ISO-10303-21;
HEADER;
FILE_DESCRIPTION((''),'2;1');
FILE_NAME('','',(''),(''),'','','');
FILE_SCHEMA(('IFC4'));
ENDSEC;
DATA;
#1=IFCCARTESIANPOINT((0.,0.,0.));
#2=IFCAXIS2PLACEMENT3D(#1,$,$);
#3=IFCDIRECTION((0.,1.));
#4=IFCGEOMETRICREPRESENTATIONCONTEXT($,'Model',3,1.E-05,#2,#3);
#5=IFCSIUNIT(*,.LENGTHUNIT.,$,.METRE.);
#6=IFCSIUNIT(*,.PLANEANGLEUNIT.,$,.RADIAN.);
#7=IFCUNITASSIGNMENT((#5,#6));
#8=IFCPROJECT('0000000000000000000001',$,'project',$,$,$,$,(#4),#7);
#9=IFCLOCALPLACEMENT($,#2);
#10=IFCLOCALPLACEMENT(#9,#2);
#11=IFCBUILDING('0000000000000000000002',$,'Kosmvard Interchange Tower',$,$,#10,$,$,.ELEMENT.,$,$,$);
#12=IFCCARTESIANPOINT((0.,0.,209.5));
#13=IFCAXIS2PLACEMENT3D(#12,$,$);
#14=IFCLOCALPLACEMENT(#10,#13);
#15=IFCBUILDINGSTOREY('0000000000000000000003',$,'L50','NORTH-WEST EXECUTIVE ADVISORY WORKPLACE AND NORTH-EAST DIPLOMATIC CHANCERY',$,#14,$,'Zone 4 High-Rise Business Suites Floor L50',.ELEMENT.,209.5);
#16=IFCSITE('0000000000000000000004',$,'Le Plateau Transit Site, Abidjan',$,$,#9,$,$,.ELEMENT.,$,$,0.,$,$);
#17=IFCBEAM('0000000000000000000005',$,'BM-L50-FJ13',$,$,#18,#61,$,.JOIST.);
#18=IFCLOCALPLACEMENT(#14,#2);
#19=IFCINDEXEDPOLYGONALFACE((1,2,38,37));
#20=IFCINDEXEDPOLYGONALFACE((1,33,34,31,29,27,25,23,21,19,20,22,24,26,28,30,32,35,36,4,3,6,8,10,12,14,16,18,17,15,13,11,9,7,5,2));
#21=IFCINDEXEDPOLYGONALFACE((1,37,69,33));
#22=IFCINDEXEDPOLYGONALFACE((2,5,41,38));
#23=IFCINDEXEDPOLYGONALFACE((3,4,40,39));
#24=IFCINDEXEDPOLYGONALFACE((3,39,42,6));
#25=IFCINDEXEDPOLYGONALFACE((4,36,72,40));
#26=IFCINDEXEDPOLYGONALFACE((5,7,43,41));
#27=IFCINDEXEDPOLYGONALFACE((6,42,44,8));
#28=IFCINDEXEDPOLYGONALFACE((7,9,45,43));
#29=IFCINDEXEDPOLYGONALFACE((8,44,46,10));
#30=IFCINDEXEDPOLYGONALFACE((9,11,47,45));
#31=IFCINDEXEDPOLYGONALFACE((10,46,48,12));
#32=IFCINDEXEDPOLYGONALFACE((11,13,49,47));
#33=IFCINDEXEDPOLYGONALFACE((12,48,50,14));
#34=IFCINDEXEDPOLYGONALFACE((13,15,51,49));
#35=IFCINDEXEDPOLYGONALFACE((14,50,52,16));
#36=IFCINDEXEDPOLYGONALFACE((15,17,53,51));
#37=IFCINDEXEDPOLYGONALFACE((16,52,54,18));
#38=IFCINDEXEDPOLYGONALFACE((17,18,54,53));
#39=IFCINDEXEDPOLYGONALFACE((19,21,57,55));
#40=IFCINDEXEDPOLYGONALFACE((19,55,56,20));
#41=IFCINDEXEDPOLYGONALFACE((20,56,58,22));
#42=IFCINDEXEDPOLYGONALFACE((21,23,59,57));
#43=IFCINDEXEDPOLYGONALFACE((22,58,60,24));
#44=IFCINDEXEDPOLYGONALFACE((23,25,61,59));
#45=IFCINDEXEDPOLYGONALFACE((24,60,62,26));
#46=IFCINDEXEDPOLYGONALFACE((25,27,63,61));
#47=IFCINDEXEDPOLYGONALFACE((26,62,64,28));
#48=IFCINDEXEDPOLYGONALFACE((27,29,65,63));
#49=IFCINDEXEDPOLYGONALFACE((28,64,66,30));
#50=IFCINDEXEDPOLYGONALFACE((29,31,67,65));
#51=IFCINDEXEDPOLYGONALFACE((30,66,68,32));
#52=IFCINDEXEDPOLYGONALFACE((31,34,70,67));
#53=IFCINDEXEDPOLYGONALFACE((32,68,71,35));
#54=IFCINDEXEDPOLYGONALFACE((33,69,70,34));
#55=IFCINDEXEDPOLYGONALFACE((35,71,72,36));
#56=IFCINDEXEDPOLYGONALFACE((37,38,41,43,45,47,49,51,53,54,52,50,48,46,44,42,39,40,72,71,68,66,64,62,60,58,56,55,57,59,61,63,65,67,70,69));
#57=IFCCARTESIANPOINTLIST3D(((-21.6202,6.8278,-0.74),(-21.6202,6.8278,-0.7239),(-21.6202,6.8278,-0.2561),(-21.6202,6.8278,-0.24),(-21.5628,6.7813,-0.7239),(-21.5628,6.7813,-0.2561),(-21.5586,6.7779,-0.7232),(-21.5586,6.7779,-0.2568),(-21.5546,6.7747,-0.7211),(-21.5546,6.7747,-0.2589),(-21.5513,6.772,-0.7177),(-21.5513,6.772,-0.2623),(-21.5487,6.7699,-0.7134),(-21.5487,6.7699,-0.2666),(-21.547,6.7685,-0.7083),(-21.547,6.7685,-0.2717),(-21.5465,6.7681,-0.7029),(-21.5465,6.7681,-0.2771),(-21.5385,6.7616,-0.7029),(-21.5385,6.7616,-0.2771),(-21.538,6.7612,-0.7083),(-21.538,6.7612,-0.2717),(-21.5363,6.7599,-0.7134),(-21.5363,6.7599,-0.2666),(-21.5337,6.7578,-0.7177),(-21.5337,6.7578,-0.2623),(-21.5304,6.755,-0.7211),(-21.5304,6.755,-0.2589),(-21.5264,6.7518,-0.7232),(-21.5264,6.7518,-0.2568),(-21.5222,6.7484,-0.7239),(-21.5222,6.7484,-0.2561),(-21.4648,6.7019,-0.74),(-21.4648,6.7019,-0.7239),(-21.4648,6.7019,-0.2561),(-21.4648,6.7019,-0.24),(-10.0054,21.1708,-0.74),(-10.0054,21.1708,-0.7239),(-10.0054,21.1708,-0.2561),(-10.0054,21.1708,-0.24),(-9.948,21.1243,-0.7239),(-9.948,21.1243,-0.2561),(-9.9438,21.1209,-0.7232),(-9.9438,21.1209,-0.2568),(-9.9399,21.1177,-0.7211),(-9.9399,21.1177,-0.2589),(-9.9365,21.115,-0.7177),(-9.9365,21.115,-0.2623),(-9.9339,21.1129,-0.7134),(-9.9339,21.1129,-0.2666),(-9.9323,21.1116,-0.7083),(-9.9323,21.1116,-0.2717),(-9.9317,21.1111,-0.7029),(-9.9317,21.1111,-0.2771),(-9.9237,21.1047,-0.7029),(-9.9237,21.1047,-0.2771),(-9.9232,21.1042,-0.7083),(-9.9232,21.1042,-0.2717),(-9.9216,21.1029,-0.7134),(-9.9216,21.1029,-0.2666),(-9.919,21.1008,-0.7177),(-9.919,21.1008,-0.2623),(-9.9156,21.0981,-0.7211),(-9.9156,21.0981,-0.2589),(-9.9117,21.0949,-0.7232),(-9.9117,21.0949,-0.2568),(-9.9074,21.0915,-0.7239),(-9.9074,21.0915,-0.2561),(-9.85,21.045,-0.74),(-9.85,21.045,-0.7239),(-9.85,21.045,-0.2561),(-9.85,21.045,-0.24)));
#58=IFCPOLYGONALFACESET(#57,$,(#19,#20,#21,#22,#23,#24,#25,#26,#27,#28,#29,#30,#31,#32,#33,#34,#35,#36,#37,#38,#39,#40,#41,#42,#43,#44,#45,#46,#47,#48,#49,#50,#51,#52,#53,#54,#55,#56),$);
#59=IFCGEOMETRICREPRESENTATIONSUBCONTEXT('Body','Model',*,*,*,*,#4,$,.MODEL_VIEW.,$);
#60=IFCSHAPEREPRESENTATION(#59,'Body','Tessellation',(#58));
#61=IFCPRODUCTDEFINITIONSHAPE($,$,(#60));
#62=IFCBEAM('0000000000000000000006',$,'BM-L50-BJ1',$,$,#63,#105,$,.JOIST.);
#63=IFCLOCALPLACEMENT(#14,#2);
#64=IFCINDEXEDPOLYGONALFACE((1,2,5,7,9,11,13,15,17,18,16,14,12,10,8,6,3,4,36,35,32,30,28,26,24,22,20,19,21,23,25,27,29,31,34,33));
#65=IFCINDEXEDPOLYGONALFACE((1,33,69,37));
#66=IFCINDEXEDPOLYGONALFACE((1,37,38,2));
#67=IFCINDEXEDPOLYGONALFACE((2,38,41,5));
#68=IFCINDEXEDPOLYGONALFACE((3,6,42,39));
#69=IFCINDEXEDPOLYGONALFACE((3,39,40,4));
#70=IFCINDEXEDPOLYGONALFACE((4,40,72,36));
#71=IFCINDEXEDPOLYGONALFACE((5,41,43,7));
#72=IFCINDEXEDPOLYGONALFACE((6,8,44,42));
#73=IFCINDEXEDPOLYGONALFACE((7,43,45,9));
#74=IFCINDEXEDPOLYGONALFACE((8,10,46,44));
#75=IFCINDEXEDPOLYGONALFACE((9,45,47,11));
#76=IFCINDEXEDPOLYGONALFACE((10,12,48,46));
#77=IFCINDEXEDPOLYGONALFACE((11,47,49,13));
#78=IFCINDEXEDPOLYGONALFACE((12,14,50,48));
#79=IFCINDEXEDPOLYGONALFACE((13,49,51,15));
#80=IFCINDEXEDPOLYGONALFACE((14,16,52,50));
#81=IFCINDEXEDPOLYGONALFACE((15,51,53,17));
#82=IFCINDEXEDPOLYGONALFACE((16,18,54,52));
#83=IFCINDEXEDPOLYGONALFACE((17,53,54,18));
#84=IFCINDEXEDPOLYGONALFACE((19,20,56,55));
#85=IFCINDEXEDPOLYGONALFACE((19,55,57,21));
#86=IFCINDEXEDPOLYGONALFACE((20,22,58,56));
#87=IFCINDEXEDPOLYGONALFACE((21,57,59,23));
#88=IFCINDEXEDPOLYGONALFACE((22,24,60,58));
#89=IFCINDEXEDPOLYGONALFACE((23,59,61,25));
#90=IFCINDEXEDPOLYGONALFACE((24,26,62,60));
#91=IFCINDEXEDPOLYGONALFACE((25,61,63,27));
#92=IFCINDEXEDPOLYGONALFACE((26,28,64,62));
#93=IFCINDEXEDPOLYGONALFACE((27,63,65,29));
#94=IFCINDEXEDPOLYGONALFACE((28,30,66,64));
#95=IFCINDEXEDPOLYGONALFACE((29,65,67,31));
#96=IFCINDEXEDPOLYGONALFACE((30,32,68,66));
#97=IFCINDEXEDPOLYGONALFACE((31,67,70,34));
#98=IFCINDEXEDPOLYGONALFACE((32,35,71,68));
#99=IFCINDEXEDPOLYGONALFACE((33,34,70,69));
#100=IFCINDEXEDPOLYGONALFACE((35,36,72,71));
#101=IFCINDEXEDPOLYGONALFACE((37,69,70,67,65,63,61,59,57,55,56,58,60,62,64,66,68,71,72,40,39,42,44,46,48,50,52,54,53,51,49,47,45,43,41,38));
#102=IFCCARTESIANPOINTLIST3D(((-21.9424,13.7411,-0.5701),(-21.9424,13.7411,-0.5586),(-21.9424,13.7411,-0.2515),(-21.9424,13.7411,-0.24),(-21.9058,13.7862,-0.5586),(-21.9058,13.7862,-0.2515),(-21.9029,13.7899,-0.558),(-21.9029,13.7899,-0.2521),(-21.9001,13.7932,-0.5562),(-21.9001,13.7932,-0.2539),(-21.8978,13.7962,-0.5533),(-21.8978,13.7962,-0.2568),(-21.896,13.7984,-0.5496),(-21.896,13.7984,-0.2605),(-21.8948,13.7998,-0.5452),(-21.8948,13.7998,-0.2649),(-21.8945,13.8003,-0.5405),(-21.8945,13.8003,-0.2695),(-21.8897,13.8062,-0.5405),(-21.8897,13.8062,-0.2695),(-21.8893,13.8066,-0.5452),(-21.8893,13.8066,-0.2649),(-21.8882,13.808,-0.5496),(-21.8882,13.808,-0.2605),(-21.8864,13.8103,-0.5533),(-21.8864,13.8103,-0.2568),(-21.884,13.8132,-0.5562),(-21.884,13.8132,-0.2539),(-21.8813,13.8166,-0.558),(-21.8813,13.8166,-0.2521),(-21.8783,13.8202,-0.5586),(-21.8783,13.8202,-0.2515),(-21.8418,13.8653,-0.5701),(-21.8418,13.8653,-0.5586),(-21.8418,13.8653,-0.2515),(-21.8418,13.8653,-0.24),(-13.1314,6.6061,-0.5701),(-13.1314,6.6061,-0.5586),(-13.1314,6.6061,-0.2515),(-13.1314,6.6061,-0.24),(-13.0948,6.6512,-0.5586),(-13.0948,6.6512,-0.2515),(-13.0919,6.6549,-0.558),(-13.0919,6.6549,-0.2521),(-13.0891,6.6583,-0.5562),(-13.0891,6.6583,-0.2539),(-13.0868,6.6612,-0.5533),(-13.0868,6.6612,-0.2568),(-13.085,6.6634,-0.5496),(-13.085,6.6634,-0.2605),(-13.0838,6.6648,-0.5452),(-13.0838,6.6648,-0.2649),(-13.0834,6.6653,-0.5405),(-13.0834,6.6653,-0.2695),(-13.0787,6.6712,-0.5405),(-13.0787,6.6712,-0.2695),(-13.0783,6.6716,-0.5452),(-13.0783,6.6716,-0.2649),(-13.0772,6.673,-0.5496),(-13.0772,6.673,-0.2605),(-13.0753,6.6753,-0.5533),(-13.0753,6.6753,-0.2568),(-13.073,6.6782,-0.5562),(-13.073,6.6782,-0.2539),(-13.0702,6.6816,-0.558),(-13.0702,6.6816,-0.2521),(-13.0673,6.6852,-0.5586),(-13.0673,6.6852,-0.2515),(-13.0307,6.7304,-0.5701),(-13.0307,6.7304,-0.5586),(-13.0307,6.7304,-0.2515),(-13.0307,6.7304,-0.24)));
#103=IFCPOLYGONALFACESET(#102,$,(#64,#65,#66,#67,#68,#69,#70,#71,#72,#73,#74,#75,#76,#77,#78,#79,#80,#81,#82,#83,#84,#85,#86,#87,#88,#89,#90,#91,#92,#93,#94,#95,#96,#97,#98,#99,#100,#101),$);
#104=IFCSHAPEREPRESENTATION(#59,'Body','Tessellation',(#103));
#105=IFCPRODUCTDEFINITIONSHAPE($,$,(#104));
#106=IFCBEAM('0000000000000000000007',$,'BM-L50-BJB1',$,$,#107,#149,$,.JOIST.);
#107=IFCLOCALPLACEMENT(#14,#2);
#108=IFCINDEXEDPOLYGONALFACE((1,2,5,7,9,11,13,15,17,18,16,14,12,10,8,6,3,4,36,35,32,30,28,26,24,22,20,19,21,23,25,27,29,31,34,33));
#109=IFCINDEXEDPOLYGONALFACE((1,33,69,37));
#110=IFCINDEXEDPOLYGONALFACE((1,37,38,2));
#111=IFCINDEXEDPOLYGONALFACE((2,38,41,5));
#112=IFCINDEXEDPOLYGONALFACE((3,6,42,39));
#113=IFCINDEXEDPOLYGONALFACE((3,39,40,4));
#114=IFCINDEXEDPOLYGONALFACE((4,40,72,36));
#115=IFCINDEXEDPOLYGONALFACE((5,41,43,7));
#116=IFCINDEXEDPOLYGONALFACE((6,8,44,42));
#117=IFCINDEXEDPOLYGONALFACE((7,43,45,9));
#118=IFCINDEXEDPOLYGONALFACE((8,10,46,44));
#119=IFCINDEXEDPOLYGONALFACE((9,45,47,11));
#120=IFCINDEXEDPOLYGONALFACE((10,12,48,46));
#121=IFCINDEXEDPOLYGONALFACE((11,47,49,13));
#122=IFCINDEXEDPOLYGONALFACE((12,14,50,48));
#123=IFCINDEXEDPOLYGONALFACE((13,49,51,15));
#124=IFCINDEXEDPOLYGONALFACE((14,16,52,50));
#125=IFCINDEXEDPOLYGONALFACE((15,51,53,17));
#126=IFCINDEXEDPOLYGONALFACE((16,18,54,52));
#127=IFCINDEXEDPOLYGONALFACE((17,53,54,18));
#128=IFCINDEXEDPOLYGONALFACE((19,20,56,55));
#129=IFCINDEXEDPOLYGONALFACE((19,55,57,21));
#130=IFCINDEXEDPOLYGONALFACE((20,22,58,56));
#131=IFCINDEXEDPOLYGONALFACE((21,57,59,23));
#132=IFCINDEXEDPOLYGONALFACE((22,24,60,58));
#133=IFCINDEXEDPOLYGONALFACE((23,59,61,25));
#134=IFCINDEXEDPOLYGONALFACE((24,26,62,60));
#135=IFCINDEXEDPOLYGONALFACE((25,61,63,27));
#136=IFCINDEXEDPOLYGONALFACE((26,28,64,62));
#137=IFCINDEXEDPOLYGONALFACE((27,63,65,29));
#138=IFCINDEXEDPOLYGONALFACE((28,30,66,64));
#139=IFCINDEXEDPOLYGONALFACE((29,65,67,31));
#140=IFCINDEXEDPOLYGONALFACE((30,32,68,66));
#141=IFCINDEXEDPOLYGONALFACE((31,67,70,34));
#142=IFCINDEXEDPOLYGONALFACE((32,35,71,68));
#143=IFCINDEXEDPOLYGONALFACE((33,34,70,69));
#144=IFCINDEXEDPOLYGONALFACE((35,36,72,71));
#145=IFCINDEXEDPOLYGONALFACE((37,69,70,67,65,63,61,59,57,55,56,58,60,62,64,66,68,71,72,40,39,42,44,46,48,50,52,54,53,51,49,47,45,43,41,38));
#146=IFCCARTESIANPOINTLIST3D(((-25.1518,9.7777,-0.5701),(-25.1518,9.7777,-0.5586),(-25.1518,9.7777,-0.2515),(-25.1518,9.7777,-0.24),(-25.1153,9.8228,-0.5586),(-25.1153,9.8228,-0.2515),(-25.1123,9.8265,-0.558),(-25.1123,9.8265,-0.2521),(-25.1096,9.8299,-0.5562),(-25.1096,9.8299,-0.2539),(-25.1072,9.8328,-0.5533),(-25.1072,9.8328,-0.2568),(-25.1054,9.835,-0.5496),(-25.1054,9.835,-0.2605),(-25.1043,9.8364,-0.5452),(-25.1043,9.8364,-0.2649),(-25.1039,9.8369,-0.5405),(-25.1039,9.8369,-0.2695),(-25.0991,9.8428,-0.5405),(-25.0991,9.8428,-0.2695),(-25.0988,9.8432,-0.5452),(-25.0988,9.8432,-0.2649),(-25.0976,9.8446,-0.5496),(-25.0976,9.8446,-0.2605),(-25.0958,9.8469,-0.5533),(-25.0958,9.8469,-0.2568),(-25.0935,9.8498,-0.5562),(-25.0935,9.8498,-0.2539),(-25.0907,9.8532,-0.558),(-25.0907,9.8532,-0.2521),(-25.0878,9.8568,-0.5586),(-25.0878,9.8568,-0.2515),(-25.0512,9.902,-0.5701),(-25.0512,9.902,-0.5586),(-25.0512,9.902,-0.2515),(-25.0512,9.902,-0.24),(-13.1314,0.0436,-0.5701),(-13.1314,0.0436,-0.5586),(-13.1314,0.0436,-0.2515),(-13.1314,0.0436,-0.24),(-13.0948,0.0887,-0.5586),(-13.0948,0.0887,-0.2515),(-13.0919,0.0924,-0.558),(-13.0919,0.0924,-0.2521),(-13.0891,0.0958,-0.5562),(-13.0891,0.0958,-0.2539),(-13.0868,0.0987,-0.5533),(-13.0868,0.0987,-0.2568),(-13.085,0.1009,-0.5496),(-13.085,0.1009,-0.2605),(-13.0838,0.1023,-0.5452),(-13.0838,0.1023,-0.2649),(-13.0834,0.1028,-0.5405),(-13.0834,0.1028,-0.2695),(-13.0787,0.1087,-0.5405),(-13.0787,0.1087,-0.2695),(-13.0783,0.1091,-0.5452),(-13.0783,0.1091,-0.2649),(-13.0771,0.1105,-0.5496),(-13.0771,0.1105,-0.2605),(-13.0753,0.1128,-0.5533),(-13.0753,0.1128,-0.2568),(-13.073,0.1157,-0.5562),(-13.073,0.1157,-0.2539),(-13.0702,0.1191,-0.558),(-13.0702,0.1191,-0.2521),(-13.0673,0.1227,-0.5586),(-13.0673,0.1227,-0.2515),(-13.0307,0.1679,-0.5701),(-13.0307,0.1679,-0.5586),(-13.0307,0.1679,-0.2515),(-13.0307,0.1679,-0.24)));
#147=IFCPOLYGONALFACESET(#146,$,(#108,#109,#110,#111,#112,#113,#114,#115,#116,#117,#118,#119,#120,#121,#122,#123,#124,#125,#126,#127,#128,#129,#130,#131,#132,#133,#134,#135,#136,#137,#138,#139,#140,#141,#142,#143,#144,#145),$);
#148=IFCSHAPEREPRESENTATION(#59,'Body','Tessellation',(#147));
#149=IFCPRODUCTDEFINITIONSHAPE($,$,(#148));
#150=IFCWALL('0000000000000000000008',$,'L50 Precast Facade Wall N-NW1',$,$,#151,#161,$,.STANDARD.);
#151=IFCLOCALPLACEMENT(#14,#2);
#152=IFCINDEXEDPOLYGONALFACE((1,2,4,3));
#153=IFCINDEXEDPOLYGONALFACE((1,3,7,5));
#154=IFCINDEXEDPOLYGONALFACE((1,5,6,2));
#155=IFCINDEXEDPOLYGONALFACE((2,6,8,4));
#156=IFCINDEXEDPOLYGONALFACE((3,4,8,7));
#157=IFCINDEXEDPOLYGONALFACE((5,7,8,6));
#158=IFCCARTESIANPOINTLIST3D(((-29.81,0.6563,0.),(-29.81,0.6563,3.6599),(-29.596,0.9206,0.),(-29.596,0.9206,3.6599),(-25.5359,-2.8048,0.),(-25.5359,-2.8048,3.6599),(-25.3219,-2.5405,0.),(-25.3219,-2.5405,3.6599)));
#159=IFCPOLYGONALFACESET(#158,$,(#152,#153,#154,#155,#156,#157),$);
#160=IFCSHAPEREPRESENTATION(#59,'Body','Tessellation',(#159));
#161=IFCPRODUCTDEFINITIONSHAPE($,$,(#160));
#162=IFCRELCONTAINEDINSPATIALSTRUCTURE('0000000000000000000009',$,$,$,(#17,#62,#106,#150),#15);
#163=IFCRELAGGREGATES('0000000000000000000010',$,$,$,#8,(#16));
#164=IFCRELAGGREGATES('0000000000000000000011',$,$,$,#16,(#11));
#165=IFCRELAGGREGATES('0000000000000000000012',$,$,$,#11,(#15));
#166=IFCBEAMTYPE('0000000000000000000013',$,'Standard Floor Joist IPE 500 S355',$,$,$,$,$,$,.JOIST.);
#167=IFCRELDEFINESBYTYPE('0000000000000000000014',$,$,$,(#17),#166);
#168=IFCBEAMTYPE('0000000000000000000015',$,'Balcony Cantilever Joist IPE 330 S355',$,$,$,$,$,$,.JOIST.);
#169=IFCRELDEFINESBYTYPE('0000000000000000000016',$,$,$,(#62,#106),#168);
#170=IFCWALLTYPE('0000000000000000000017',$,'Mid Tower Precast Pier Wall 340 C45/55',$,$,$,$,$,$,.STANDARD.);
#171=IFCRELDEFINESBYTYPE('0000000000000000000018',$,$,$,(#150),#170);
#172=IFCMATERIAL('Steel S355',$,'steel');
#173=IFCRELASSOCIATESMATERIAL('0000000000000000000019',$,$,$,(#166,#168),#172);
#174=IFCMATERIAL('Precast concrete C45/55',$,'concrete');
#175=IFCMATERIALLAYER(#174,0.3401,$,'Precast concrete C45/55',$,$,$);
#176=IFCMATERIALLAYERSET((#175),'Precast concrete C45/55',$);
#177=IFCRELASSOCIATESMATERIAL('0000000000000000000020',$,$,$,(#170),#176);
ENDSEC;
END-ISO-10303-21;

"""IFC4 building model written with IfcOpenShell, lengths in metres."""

from ifc_helpers import new_model, si_unit, direction, frame, frame_2d, origin, origin_2d, place, context, subcontext, project, spatial, rectangle, i_section, extrude, source, transform, mapped, material, layer, layer_set, material_profile, profile_set, type_object, element, save


model = new_model("IFC4")

# Units and contexts
model_context = context("Model", 3, precision=1e-05, world=origin(), true_north=direction((0.0, 1.0)))
body_context = subcontext(model_context, "Body", "Model", "MODEL_VIEW")
ifc_project = project(units=[si_unit("LENGTHUNIT", "METRE"), si_unit("PLANEANGLEUNIT", "RADIAN")], contexts=[model_context])

# Site, building, storey
site_placement = place(None, origin())
site = spatial("IfcSite", under=ifc_project, at=site_placement, Name="Le Plateau Transit Site, Abidjan", CompositionType="ELEMENT", RefElevation=0.0)
building_placement = place(site_placement, origin())
building = spatial("IfcBuilding", under=site, at=building_placement, Name="Kosmvard Interchange Tower", CompositionType="ELEMENT")
storey_placement = place(building_placement, frame((0.0, 0.0, 209.5)))
storey = spatial("IfcBuildingStorey", under=building, at=storey_placement, Name="L50", Description="NORTH-WEST EXECUTIVE ADVISORY WORKPLACE AND NORTH-EAST DIPLOMATIC CHANCERY", LongName="Zone 4 High-Rise Business Suites Floor L50", CompositionType="ELEMENT", Elevation=209.5)

# Beams
ifc_material_1 = material(Name="Steel S355", Category="steel")
ifc_material_2 = material(Name="Precast concrete C45/55", Category="concrete")
ifc_material_profile_1 = material_profile(ifc_material_1, i_section(OverallWidth=0.2, OverallDepth=0.5, WebThickness=0.0103, FlangeThickness=0.0161, FilletRadius=0.021, at=origin_2d()), Name="IPE 500")
ifc_profile_set_1 = profile_set([ifc_material_profile_1], Name="Steel S355")
beam_type_1 = type_object("IfcBeamType", Name="Standard Floor Joist IPE 500 S355", PredefinedType="JOIST", material=ifc_profile_set_1)
shared_shape_1 = source(origin(), body_context, "Body", "SweptSolid", [
    extrude(i_section(OverallWidth=0.2, OverallDepth=0.5, WebThickness=0.0103, FlangeThickness=0.0161, FilletRadius=0.021, at=origin_2d()), origin(), (0.0, 0.0, 1.0), 18.4561),
])
beam_1_placement = place(storey_placement, frame((-9.9277, 21.1079, -0.49), z_axis=(-0.62932, -0.777146, 0.0), x_axis=(0.777146, -0.62932, 0.0)))
element("IfcBeam", 1, at=beam_1_placement, inside=storey, type_object=beam_type_1, Name="BM-L50-FJ13", PredefinedType="JOIST", context=body_context, shape_type="MappedRepresentation", body=[
    mapped(shared_shape_1, transform((0.0, 0.0, 0.0), scale=1.0)),
])
ifc_material_profile_2 = material_profile(ifc_material_1, i_section(OverallWidth=0.1599, OverallDepth=0.3301, WebThickness=0.0076, FlangeThickness=0.0115, FilletRadius=0.0181, at=origin_2d()), Name="IPE 330")
ifc_profile_set_2 = profile_set([ifc_material_profile_2], Name="Steel S355")
beam_type_2 = type_object("IfcBeamType", Name="Balcony Cantilever Joist IPE 330 S355", PredefinedType="JOIST", material=ifc_profile_set_2)
shared_shape_2 = source(origin(), body_context, "Body", "SweptSolid", [
    extrude(i_section(OverallWidth=0.1599, OverallDepth=0.3301, WebThickness=0.0076, FlangeThickness=0.0115, FilletRadius=0.0181, at=origin_2d()), origin(), (0.0, 0.0, 1.0), 11.3376),
])
beam_2_placement = place(storey_placement, frame((-13.0811, 6.6682, -0.405), z_axis=(-0.777147, 0.629319, 0.0), x_axis=(-0.629319, -0.777147, 0.0)))
element("IfcBeam", 2, at=beam_2_placement, inside=storey, type_object=beam_type_2, Name="BM-L50-BJ1", PredefinedType="JOIST", context=body_context, shape_type="MappedRepresentation", body=[
    mapped(shared_shape_2, transform((0.0, 0.0, 0.0), scale=1.0)),
])
shared_shape_3 = source(origin(), body_context, "Body", "SweptSolid", [
    extrude(i_section(OverallWidth=0.1599, OverallDepth=0.3301, WebThickness=0.0076, FlangeThickness=0.0115, FilletRadius=0.0181, at=origin_2d()), origin(), (0.0, 0.0, 1.0), 15.4675),
])
beam_3_placement = place(storey_placement, frame((-13.0811, 0.1057, -0.405), z_axis=(-0.777142, 0.629325, 0.0), x_axis=(-0.629325, -0.777142, 0.0)))
element("IfcBeam", 3, at=beam_3_placement, inside=storey, type_object=beam_type_2, Name="BM-L50-BJB1", PredefinedType="JOIST", context=body_context, shape_type="MappedRepresentation", body=[
    mapped(shared_shape_3, transform((0.0, 0.0, 0.0), scale=1.0)),
])

# Wall
ifc_layer_1 = layer(ifc_material_2, 0.3401, Name="Precast concrete C45/55")
ifc_layer_set_1 = layer_set([ifc_layer_1], Name="Precast concrete C45/55")
wall_type = type_object("IfcWallType", Name="Mid Tower Precast Pier Wall 340 C45/55", PredefinedType="STANDARD", material=ifc_layer_set_1)
wall_placement = place(storey_placement, frame((-29.7031, 0.7886, 0.0), z_axis=(0.0, 0.0, 1.0), x_axis=(0.777144, -0.629323, 0.0)))
element("IfcWall", 4, at=wall_placement, inside=storey, type_object=wall_type, Name="L50 Precast Facade Wall N-NW1", PredefinedType="STANDARD", context=body_context, shape_type="SweptSolid", body=[
    extrude(rectangle(XDim=5.4998, YDim=0.3401, at=frame_2d((2.75, 0.0))), origin(), (0.0, 0.0, 1.0), 3.6599),
])

save(model, "model.ifc")
